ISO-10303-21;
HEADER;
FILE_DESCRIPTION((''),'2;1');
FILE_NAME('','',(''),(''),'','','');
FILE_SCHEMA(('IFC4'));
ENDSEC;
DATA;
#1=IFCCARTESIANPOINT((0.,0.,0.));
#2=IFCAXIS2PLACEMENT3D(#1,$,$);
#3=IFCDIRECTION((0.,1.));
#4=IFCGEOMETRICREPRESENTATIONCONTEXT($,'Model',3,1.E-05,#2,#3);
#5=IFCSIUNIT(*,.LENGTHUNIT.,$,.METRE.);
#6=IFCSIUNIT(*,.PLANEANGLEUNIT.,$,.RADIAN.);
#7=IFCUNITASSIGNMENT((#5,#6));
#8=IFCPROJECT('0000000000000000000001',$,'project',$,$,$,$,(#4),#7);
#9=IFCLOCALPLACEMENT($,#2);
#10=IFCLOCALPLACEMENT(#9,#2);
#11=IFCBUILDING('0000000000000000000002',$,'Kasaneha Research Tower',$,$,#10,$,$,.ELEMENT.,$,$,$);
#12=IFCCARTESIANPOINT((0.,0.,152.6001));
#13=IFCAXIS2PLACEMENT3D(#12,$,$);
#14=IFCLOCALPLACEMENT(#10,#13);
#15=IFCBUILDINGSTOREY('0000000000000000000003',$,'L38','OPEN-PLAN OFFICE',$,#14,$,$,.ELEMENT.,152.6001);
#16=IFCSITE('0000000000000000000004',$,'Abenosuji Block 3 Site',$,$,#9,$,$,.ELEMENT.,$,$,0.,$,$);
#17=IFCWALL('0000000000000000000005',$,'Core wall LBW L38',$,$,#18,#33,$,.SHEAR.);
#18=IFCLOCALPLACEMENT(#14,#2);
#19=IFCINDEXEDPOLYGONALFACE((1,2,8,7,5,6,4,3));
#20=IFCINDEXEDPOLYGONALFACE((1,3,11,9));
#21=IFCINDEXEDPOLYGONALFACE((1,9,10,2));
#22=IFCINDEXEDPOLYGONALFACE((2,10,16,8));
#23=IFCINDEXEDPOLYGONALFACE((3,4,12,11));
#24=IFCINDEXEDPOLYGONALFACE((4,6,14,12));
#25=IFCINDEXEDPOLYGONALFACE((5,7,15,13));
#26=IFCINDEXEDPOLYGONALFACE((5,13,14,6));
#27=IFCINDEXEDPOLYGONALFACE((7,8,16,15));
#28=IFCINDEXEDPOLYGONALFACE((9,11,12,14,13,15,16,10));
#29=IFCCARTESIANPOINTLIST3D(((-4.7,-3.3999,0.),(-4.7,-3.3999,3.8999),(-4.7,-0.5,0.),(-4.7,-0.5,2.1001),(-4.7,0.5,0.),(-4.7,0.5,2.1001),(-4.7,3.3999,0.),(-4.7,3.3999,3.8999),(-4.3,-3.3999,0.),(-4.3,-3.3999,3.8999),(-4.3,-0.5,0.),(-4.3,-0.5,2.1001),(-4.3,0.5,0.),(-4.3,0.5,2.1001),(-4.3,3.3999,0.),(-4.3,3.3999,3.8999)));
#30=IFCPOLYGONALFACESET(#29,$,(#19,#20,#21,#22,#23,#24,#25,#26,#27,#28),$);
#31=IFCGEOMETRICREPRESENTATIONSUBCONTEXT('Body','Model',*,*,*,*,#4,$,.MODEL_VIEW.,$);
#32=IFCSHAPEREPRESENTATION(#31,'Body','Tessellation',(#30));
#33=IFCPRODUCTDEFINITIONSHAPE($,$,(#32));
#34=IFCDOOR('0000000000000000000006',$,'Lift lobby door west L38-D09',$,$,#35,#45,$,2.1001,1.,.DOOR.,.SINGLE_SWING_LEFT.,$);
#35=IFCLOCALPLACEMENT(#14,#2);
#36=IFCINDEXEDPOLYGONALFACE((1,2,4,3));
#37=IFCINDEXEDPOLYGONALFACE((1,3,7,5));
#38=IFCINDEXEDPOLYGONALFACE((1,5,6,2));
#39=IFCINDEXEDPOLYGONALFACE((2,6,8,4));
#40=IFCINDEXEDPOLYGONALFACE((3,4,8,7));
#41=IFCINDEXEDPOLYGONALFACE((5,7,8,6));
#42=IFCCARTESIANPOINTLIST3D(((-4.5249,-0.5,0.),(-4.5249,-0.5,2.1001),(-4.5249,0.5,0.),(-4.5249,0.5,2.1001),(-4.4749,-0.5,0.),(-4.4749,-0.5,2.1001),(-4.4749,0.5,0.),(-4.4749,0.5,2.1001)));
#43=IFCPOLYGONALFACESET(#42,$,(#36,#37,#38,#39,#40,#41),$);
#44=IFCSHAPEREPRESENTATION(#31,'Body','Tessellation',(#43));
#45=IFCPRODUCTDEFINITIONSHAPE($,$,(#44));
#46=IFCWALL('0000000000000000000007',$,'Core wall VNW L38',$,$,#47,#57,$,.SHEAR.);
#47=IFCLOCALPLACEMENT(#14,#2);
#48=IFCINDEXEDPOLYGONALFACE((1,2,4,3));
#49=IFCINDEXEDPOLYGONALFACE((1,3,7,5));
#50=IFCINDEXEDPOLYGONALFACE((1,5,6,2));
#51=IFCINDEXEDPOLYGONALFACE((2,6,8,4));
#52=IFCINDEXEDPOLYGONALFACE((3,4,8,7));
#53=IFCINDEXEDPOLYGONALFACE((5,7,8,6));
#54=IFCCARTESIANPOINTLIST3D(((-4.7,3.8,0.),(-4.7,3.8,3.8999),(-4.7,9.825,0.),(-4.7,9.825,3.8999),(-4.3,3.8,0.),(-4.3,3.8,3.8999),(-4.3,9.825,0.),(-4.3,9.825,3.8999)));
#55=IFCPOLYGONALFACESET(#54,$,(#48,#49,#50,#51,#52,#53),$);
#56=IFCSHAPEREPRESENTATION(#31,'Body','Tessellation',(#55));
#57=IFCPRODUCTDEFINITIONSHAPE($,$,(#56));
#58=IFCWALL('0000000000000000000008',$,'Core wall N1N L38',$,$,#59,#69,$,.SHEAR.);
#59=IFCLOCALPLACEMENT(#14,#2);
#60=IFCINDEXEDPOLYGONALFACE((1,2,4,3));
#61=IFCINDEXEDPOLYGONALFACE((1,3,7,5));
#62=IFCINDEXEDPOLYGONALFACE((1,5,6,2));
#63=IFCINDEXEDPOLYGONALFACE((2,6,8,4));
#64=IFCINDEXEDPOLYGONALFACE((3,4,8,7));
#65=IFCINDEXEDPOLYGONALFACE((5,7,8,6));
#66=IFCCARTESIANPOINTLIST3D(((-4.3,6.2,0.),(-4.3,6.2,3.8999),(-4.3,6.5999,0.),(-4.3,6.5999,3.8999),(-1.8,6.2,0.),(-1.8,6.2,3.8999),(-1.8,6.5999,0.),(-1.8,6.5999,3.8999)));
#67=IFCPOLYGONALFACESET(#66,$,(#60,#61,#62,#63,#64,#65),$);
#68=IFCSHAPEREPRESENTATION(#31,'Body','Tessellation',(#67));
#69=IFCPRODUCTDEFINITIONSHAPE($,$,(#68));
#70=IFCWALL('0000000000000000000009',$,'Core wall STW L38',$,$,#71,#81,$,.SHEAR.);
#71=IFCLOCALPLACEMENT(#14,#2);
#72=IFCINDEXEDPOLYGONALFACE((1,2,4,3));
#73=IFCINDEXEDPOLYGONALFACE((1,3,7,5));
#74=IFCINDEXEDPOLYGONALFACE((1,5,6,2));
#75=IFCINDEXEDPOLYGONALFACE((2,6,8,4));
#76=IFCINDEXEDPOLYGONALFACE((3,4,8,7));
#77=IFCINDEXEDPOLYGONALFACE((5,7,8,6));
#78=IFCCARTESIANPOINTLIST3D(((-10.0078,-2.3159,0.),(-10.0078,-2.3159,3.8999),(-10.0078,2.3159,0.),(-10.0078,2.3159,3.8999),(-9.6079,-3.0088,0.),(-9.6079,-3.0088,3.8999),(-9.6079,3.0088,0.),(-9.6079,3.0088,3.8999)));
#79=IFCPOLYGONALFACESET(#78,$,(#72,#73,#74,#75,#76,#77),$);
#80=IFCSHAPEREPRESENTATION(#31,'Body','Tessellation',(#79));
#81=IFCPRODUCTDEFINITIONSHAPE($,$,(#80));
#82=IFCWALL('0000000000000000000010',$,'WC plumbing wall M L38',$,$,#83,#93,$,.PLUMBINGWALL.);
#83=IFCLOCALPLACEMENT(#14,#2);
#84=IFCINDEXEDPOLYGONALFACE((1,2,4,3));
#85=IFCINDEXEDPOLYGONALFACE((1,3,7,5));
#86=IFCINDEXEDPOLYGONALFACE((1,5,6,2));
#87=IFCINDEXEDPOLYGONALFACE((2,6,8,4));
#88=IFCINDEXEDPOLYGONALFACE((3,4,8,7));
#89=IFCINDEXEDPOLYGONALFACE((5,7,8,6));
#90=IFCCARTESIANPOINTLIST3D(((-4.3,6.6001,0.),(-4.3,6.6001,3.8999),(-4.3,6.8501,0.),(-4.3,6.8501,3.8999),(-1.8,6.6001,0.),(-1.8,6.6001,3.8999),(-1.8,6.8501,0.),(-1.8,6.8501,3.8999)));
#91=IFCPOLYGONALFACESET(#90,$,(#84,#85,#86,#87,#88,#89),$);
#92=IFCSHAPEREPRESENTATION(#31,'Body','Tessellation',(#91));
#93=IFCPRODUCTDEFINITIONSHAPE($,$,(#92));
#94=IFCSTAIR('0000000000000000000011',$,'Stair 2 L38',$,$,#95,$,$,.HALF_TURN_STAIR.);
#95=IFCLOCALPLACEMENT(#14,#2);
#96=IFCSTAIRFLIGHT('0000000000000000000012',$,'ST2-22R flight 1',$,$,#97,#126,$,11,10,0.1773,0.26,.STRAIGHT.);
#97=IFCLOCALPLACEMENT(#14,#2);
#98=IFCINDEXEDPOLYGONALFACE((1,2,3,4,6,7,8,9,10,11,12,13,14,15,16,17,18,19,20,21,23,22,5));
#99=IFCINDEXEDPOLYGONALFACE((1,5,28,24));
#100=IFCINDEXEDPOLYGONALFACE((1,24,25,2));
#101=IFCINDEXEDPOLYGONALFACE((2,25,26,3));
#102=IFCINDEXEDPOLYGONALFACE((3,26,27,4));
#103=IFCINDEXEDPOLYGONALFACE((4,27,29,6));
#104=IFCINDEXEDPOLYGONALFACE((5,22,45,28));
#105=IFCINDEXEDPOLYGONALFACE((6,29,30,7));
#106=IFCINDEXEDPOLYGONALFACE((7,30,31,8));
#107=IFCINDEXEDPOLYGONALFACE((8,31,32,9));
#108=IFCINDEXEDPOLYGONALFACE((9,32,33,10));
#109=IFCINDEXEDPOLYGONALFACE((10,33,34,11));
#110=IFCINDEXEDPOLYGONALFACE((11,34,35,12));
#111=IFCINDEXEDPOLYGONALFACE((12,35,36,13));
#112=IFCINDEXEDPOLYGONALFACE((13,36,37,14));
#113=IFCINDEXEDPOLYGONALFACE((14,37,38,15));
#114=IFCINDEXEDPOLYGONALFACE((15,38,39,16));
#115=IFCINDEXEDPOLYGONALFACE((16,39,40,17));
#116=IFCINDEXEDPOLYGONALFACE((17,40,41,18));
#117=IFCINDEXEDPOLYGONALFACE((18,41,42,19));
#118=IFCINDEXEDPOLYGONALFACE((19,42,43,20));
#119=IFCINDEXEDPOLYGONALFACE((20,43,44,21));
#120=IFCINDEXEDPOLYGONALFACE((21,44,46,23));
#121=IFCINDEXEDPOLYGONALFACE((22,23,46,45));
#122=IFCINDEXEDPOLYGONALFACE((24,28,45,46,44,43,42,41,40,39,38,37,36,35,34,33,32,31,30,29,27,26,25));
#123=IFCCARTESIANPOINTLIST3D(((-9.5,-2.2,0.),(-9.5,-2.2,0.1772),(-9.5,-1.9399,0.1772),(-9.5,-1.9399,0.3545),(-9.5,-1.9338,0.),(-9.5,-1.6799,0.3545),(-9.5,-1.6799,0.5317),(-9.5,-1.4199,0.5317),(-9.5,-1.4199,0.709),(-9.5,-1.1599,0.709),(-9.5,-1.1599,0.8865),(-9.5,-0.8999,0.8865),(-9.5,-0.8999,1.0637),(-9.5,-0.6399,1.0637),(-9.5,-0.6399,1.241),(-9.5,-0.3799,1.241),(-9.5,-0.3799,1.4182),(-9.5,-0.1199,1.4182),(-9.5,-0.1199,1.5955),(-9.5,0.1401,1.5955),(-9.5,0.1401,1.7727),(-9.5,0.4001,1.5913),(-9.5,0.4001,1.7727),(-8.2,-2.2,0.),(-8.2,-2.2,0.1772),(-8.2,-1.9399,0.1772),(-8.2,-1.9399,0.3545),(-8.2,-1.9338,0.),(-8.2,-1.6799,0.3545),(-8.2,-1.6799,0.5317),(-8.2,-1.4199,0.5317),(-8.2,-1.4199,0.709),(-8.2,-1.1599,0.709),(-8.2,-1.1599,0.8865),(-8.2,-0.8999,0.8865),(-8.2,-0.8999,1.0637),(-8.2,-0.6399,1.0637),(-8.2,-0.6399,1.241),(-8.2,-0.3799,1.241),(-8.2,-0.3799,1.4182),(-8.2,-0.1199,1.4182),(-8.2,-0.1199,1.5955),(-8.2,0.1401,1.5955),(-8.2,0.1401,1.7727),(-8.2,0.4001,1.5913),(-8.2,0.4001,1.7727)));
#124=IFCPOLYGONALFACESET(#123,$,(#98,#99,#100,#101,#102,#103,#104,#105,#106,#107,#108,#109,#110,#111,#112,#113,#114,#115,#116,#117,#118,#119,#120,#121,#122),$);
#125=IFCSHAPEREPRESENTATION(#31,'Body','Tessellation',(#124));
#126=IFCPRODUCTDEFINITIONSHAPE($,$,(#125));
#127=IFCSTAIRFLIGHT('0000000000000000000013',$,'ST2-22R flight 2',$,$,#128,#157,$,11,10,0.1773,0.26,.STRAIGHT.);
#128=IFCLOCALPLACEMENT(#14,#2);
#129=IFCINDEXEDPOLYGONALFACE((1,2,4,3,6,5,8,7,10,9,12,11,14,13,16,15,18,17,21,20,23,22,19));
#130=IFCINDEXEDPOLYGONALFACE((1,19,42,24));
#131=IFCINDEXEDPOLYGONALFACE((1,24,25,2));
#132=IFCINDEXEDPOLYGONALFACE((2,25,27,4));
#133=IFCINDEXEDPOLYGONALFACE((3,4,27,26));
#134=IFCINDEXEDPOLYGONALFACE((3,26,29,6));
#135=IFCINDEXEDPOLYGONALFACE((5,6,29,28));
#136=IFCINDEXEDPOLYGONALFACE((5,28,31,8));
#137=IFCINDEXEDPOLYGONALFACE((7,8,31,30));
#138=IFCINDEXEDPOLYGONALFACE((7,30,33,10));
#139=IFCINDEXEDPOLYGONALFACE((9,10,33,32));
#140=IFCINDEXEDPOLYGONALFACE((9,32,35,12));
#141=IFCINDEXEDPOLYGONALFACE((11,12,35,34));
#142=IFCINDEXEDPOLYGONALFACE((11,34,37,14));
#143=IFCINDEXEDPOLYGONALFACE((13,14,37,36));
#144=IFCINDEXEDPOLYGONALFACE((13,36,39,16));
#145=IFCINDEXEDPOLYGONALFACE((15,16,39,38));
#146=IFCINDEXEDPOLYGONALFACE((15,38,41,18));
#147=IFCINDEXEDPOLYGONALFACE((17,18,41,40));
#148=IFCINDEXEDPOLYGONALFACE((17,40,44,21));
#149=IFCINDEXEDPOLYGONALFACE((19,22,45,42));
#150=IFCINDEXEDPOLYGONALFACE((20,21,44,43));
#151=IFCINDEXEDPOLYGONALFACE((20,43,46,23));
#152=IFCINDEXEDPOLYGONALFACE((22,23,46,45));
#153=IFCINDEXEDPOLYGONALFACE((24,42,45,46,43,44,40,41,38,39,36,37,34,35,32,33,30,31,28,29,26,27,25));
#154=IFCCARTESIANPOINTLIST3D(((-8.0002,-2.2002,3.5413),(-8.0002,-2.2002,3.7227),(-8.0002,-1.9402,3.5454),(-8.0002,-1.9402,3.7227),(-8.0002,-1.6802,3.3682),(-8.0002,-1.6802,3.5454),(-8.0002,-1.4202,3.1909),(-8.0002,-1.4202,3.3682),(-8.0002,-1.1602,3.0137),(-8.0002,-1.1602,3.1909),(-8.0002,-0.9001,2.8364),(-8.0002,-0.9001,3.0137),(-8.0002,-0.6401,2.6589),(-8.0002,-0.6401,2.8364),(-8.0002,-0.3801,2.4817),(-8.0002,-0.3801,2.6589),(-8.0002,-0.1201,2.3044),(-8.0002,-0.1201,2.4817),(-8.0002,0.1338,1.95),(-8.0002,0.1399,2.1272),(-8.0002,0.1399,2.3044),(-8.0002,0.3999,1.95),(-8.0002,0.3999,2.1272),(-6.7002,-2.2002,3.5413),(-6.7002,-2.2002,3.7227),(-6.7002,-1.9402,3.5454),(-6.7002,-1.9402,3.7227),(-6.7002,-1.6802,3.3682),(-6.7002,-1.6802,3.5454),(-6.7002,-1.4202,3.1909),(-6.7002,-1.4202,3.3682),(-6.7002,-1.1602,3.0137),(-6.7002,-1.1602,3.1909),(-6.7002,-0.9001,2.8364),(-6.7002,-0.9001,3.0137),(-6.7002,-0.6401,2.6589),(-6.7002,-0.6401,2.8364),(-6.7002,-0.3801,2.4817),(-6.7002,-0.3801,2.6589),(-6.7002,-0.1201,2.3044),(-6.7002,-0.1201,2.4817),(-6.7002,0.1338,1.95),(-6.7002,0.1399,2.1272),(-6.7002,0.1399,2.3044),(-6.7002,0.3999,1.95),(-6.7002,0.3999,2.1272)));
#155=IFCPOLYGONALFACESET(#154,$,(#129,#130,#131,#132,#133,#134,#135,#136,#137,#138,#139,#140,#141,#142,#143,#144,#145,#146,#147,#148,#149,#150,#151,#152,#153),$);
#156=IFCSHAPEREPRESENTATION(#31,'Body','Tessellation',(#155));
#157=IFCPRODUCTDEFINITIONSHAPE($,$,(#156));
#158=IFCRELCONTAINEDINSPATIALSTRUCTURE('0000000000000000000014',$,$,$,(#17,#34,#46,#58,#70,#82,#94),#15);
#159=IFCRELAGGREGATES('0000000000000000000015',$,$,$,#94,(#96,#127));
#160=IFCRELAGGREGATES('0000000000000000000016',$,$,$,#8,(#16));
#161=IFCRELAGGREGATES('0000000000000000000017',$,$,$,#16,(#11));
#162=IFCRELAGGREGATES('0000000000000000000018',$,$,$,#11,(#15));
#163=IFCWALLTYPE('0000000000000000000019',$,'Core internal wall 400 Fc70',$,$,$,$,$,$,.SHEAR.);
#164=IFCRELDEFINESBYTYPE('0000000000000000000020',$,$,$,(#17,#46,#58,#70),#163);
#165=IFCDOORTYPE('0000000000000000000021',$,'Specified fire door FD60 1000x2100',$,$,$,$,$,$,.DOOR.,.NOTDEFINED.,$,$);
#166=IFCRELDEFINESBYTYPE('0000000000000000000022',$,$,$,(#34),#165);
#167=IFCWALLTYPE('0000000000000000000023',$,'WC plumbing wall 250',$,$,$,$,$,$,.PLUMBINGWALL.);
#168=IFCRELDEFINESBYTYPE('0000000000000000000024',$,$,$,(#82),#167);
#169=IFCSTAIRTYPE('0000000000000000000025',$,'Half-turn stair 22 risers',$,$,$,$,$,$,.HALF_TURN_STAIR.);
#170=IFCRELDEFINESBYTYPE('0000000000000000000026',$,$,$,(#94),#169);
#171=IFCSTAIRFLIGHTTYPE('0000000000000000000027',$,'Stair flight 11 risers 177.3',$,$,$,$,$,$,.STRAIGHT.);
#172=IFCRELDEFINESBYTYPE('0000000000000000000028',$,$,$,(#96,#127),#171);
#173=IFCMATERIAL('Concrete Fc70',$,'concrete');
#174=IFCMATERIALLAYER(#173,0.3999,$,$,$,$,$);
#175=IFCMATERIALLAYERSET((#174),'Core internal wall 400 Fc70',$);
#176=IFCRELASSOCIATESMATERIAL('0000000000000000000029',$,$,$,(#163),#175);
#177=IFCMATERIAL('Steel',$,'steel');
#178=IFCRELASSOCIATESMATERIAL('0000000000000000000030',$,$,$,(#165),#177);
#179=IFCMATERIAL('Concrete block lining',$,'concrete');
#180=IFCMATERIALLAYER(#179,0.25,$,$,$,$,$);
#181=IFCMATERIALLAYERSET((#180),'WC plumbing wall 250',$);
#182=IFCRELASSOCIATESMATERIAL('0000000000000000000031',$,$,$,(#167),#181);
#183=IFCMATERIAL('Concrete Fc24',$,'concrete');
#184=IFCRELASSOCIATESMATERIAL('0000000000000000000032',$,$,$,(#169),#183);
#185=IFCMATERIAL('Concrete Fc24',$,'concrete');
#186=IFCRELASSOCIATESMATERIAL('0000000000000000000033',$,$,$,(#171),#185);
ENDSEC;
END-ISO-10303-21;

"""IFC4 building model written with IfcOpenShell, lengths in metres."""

from ifc_helpers import new_model, si_unit, direction, frame, frame_2d, origin, place, context, subcontext, project, spatial, polyline, rectangle, outline, extrude, material, layer, layer_set, type_object, element, fill, aggregate, save


model = new_model("IFC4")

# Units and contexts
model_context = context("Model", 3, precision=1e-05, world=origin(), true_north=direction((0.0, 1.0)))
body_context = subcontext(model_context, "Body", "Model", "MODEL_VIEW")
ifc_project = project(units=[si_unit("LENGTHUNIT", "METRE"), si_unit("PLANEANGLEUNIT", "RADIAN")], contexts=[model_context])

# Site, building, storey
site_placement = place(None, origin())
site = spatial("IfcSite", under=ifc_project, at=site_placement, Name="Abenosuji Block 3 Site", CompositionType="ELEMENT", RefElevation=0.0)
building_placement = place(site_placement, origin())
building = spatial("IfcBuilding", under=site, at=building_placement, Name="Kasaneha Research Tower", CompositionType="ELEMENT")
storey_placement = place(building_placement, frame((0.0, 0.0, 152.6001)))
storey = spatial("IfcBuildingStorey", under=building, at=storey_placement, Name="L38", Description="OPEN-PLAN OFFICE", CompositionType="ELEMENT", Elevation=152.6001)

# Shared definitions
ifc_material_1 = material(Name="Concrete Fc70", Category="concrete")
ifc_layer_1 = layer(ifc_material_1, 0.3999)
ifc_layer_set_1 = layer_set([ifc_layer_1], Name="Core internal wall 400 Fc70")
wall_type_1 = type_object("IfcWallType", Name="Core internal wall 400 Fc70", PredefinedType="SHEAR", material=ifc_layer_set_1)
ifc_material_2 = material(Name="Steel", Category="steel")
door_type_1 = type_object("IfcDoorType", Name="Specified fire door FD60 1000x2100", OperationType="NOTDEFINED", PredefinedType="DOOR", material=ifc_material_2)

# Wall, opening, door
wall_1_placement = place(storey_placement, frame((-4.5, -3.3999, 0.0), z_axis=(0.0, 0.0, 1.0), x_axis=(0.0, 1.0, 0.0)))
wall_1 = element("IfcWall", 1, at=wall_1_placement, inside=storey, type_object=wall_type_1, Name="Core wall LBW L38", PredefinedType="SHEAR", context=body_context, shape_type="SweptSolid", body=[
    extrude(rectangle(XDim=6.7998, YDim=0.3999, at=frame_2d((3.3999, 0.0))), origin(), (0.0, 0.0, 1.0), 3.8999),
])
opening_1_placement = place(wall_1_placement, frame((2.8999, 0.0, 0.0)))
opening_1 = element("IfcOpeningElement", 2, at=opening_1_placement, cuts=wall_1, PredefinedType="OPENING", context=body_context, shape_type="SweptSolid", body=[
    extrude(rectangle(XDim=1.0, YDim=2.1001, at=frame_2d((0.5, 1.05))), frame((0.0, 0.21, 0.0), z_axis=(0.0, -1.0, 0.0), x_axis=(1.0, 0.0, 0.0)), (0.0, 0.0, 1.0), 0.4199),
])
door_1_placement = place(opening_1_placement, origin())
door_1 = element("IfcDoor", 3, at=door_1_placement, inside=storey, type_object=door_type_1, Name="Lift lobby door west L38-D09", OperationType="SINGLE_SWING_LEFT", OverallHeight=2.1001, OverallWidth=1.0, PredefinedType="DOOR", context=body_context, shape_type="SweptSolid", body=[
    extrude(rectangle(XDim=1.0, YDim=2.1001, at=frame_2d((0.5, 1.05))), frame((0.0, 0.0249, 0.0), z_axis=(0.0, -1.0, 0.0), x_axis=(1.0, 0.0, 0.0)), (0.0, 0.0, 1.0), 0.05),
])
fill(opening_1, door_1)

# Walls
wall_2_placement = place(storey_placement, frame((-4.5, 3.8, 0.0), z_axis=(0.0, 0.0, 1.0), x_axis=(0.0, 1.0, 0.0)))
element("IfcWall", 4, at=wall_2_placement, inside=storey, type_object=wall_type_1, Name="Core wall VNW L38", PredefinedType="SHEAR", context=body_context, shape_type="SweptSolid", body=[
    extrude(rectangle(XDim=6.0249, YDim=0.3999, at=frame_2d((3.0125, 0.0))), origin(), (0.0, 0.0, 1.0), 3.8999),
])
wall_3_placement = place(storey_placement, frame((-4.3, 6.3999, 0.0), z_axis=(0.0, 0.0, 1.0), x_axis=(1.0, 0.0, 0.0)))
element("IfcWall", 5, at=wall_3_placement, inside=storey, type_object=wall_type_1, Name="Core wall N1N L38", PredefinedType="SHEAR", context=body_context, shape_type="SweptSolid", body=[
    extrude(rectangle(XDim=2.5, YDim=0.3999, at=frame_2d((1.25, 0.0))), origin(), (0.0, 0.0, 1.0), 3.8999),
])
wall_4_placement = place(storey_placement, frame((-9.8079, -2.6624, 0.0), z_axis=(0.0, 0.0, 1.0), x_axis=(0.0, 1.0, 0.0)))
element("IfcWall", 6, at=wall_4_placement, inside=storey, type_object=wall_type_1, Name="Core wall STW L38", PredefinedType="SHEAR", context=body_context, shape_type="SweptSolid", body=[
    extrude(outline(polyline([(-0.3464, -0.2), (5.6711, -0.2), (4.9783, 0.2), (0.3464, 0.2), (-0.3464, -0.2)])), origin(), (0.0, 0.0, 1.0), 3.8999),
])
ifc_material_3 = material(Name="Concrete block lining", Category="concrete")
ifc_layer_2 = layer(ifc_material_3, 0.25)
ifc_layer_set_2 = layer_set([ifc_layer_2], Name="WC plumbing wall 250")
wall_type_2 = type_object("IfcWallType", Name="WC plumbing wall 250", PredefinedType="PLUMBINGWALL", material=ifc_layer_set_2)
wall_5_placement = place(storey_placement, frame((-4.3, 6.7251, 0.0), z_axis=(0.0, 0.0, 1.0), x_axis=(1.0, 0.0, 0.0)))
element("IfcWall", 7, at=wall_5_placement, inside=storey, type_object=wall_type_2, Name="WC plumbing wall M L38", PredefinedType="PLUMBINGWALL", context=body_context, shape_type="SweptSolid", body=[
    extrude(rectangle(XDim=2.5, YDim=0.25, at=frame_2d((1.25, 0.0))), origin(), (0.0, 0.0, 1.0), 3.8999),
])

# Stair, stair flights
ifc_material_4 = material(Name="Concrete Fc24", Category="concrete")
stair_type = type_object("IfcStairType", Name="Half-turn stair 22 risers", PredefinedType="HALF_TURN_STAIR", material=ifc_material_4)
stair_placement = place(storey_placement, origin())
stair = element("IfcStair", 8, at=stair_placement, inside=storey, type_object=stair_type, Name="Stair 2 L38", PredefinedType="HALF_TURN_STAIR")
ifc_material_5 = material(Name="Concrete Fc24", Category="concrete")
stair_flight_type = type_object("IfcStairFlightType", Name="Stair flight 11 risers 177.3", PredefinedType="STRAIGHT", material=ifc_material_5)
stair_flight_1_placement = place(storey_placement, frame((-8.8501, -2.2, 0.0), z_axis=(0.0, 0.0, 1.0), x_axis=(0.0, 1.0, 0.0)))
stair_flight_1 = element("IfcStairFlight", 9, at=stair_flight_1_placement, type_object=stair_flight_type, Name="ST2-22R flight 1", NumberOfRisers=11, NumberOfTreads=10, PredefinedType="STRAIGHT", RiserHeight=0.1773, TreadLength=0.26, context=body_context, shape_type="SweptSolid", body=[
    extrude(outline(polyline([(0.0, 0.0), (0.0, 0.1772), (0.26, 0.1772), (0.26, 0.3545), (0.52, 0.3545), (0.52, 0.5317), (0.78, 0.5317), (0.78, 0.709), (1.04, 0.709), (1.04, 0.8865), (1.3, 0.8865), (1.3, 1.0637), (1.5601, 1.0637), (1.5601, 1.241), (1.8201, 1.241), (1.8201, 1.4182), (2.0801, 1.4182), (2.0801, 1.5955), (2.3401, 1.5955), (2.3401, 1.7727), (2.6001, 1.7727), (2.6001, 1.95), (2.6001, 1.5913), (0.2661, 0.0), (0.0, 0.0)])), frame((0.0, 0.6499, 0.0), z_axis=(0.0, -1.0, 0.0), x_axis=(1.0, 0.0, 0.0)), (0.0, 0.0, 1.0), 1.3),
])
stair_flight_2_placement = place(storey_placement, frame((-7.3501, 0.3999, 1.95), z_axis=(0.0, 0.0, 1.0), x_axis=(0.0, -1.0, 0.0)))
stair_flight_2 = element("IfcStairFlight", 10, at=stair_flight_2_placement, type_object=stair_flight_type, Name="ST2-22R flight 2", NumberOfRisers=11, NumberOfTreads=10, PredefinedType="STRAIGHT", RiserHeight=0.1773, TreadLength=0.26, context=body_context, shape_type="SweptSolid", body=[
    extrude(outline(polyline([(0.0, 0.0), (0.0, 0.1772), (0.26, 0.1772), (0.26, 0.3545), (0.52, 0.3545), (0.52, 0.5317), (0.78, 0.5317), (0.78, 0.709), (1.04, 0.709), (1.04, 0.8865), (1.3, 0.8865), (1.3, 1.0637), (1.5601, 1.0637), (1.5601, 1.241), (1.8201, 1.241), (1.8201, 1.4182), (2.0801, 1.4182), (2.0801, 1.5955), (2.3401, 1.5955), (2.3401, 1.7727), (2.6001, 1.7727), (2.6001, 1.95), (2.6001, 1.5913), (0.2661, 0.0), (0.0, 0.0)])), frame((0.0, 0.6499, 0.0), z_axis=(0.0, -1.0, 0.0), x_axis=(1.0, 0.0, 0.0)), (0.0, 0.0, 1.0), 1.3),
])
aggregate(stair, [stair_flight_1, stair_flight_2])

save(model, "model.ifc")
